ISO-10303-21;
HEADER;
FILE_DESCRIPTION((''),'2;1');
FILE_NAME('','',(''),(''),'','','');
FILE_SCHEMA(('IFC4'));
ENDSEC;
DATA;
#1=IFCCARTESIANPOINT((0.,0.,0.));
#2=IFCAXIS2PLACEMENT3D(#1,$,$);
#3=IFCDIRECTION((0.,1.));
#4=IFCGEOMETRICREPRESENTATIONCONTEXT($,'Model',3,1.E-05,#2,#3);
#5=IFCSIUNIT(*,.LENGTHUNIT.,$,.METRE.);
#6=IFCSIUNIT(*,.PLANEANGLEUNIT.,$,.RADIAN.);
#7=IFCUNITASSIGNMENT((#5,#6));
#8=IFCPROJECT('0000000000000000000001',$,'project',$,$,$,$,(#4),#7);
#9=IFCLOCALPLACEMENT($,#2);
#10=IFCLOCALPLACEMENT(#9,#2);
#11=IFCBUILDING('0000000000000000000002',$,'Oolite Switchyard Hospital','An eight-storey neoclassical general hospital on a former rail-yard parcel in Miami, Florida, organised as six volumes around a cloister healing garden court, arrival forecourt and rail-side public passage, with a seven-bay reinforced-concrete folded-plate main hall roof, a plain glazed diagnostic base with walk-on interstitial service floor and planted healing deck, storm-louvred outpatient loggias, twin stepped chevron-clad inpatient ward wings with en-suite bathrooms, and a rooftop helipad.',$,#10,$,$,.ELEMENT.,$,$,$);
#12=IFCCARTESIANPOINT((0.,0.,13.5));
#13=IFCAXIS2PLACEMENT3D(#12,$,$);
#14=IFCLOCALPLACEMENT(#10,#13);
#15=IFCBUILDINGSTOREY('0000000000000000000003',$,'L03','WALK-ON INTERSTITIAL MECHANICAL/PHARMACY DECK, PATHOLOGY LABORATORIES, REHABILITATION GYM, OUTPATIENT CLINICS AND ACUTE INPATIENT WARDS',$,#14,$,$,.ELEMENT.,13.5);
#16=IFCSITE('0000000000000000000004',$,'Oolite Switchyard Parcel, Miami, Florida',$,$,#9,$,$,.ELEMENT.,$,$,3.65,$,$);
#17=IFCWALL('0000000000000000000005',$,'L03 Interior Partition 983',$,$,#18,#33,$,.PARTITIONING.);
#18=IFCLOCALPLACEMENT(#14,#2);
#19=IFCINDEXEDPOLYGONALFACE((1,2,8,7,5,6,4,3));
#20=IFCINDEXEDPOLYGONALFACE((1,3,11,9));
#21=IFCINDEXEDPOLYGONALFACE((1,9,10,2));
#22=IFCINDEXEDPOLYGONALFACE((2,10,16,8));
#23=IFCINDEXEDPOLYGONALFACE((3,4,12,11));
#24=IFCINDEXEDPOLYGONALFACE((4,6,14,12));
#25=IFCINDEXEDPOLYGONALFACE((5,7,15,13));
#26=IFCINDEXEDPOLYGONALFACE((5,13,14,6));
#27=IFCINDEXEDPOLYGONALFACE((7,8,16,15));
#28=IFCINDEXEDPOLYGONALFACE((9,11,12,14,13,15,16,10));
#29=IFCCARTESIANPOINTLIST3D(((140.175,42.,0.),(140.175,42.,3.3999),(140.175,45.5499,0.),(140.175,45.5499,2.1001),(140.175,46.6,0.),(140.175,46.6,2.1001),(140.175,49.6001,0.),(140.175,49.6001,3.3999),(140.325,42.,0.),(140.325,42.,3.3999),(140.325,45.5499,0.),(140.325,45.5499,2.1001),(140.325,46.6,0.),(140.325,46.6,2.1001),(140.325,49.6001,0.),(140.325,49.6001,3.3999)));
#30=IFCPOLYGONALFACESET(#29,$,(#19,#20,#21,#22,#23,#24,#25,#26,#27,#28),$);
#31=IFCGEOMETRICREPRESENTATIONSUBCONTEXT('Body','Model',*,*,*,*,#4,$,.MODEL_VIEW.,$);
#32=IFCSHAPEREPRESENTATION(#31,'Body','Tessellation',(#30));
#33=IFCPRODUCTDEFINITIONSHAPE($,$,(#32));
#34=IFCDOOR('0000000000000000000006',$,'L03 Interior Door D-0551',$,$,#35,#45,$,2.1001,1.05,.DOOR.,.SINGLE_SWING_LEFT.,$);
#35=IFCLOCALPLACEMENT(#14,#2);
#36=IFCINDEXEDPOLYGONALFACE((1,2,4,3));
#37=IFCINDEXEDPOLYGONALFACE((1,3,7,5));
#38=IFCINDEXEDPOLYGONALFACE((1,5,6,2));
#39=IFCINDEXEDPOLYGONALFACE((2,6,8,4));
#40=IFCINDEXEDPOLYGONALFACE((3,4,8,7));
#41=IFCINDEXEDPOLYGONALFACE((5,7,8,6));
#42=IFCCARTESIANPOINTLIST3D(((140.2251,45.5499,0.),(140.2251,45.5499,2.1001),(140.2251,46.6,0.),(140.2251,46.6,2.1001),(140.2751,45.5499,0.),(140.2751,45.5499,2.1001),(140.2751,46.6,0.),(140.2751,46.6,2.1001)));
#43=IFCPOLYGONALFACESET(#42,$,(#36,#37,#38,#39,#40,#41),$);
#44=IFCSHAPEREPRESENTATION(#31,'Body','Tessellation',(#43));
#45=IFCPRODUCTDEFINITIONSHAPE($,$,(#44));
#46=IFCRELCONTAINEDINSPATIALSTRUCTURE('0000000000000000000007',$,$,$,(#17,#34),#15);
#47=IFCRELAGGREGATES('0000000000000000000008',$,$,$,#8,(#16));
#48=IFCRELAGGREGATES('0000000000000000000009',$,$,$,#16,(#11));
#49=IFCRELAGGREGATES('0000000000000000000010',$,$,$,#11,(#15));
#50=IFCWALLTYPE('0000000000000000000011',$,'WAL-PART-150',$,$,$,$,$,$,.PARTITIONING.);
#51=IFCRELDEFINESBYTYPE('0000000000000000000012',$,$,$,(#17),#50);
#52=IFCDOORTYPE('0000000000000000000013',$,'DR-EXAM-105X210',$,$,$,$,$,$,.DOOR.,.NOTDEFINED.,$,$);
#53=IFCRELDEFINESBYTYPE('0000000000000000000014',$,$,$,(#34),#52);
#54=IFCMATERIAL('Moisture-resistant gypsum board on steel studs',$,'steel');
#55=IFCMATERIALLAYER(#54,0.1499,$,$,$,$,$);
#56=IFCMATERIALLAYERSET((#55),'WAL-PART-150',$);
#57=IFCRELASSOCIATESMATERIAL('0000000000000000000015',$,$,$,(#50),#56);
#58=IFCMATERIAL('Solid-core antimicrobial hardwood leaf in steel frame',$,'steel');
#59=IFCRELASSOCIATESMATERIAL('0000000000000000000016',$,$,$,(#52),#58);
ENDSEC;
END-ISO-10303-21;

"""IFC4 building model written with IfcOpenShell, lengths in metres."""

from ifc_helpers import new_model, si_unit, direction, frame, frame_2d, origin, place, context, subcontext, project, spatial, rectangle, extrude, material, layer, layer_set, type_object, element, fill, save


model = new_model("IFC4")

# Units and contexts
model_context = context("Model", 3, precision=1e-05, world=origin(), true_north=direction((0.0, 1.0)))
body_context = subcontext(model_context, "Body", "Model", "MODEL_VIEW")
ifc_project = project(units=[si_unit("LENGTHUNIT", "METRE"), si_unit("PLANEANGLEUNIT", "RADIAN")], contexts=[model_context])

# Site, building, storey
site_placement = place(None, origin())
site = spatial("IfcSite", under=ifc_project, at=site_placement, Name="Oolite Switchyard Parcel, Miami, Florida", CompositionType="ELEMENT", RefElevation=3.65)
building_placement = place(site_placement, origin())
building = spatial("IfcBuilding", under=site, at=building_placement, Name="Oolite Switchyard Hospital", Description="An eight-storey neoclassical general hospital on a former rail-yard parcel in Miami, Florida, organised as six volumes around a cloister healing garden court, arrival forecourt and rail-side public passage, with a seven-bay reinforced-concrete folded-plate main hall roof, a plain glazed diagnostic base with walk-on interstitial service floor and planted healing deck, storm-louvred outpatient loggias, twin stepped chevron-clad inpatient ward wings with en-suite bathrooms, and a rooftop helipad.", CompositionType="ELEMENT")
storey_placement = place(building_placement, frame((0.0, 0.0, 13.5)))
storey = spatial("IfcBuildingStorey", under=building, at=storey_placement, Name="L03", Description="WALK-ON INTERSTITIAL MECHANICAL/PHARMACY DECK, PATHOLOGY LABORATORIES, REHABILITATION GYM, OUTPATIENT CLINICS AND ACUTE INPATIENT WARDS", CompositionType="ELEMENT", Elevation=13.5)

# Wall, opening, door
ifc_material_1 = material(Name="Moisture-resistant gypsum board on steel studs", Category="steel")
ifc_layer_1 = layer(ifc_material_1, 0.1499)
ifc_layer_set_1 = layer_set([ifc_layer_1], Name="WAL-PART-150")
wall_type = type_object("IfcWallType", Name="WAL-PART-150", PredefinedType="PARTITIONING", material=ifc_layer_set_1)
wall_placement = place(storey_placement, frame((140.25, 42.0, 0.0), z_axis=(0.0, 0.0, 1.0), x_axis=(0.0, 1.0, 0.0)))
wall = element("IfcWall", 1, at=wall_placement, inside=storey, type_object=wall_type, Name="L03 Interior Partition 983", PredefinedType="PARTITIONING", context=body_context, shape_type="SweptSolid", body=[
    extrude(rectangle(XDim=7.6001, YDim=0.1499, at=frame_2d((3.8, 0.0))), origin(), (0.0, 0.0, 1.0), 3.3999),
])
opening_placement = place(wall_placement, frame((3.55, 0.0, 0.0)))
opening = element("IfcOpeningElement", 2, at=opening_placement, cuts=wall, PredefinedType="OPENING", context=body_context, shape_type="SweptSolid", body=[
    extrude(rectangle(XDim=1.05, YDim=2.1001, at=frame_2d((0.5249, 1.05))), frame((0.0, 0.085, 0.0), z_axis=(0.0, -1.0, 0.0), x_axis=(1.0, 0.0, 0.0)), (0.0, 0.0, 1.0), 0.1699),
])
ifc_material_2 = material(Name="Solid-core antimicrobial hardwood leaf in steel frame", Category="steel")
door_type = type_object("IfcDoorType", Name="DR-EXAM-105X210", OperationType="NOTDEFINED", PredefinedType="DOOR", material=ifc_material_2)
door_placement = place(opening_placement, origin())
door = element("IfcDoor", 3, at=door_placement, inside=storey, type_object=door_type, Name="L03 Interior Door D-0551", OperationType="SINGLE_SWING_LEFT", OverallHeight=2.1001, OverallWidth=1.05, PredefinedType="DOOR", context=body_context, shape_type="SweptSolid", body=[
    extrude(rectangle(XDim=1.05, YDim=2.1001, at=frame_2d((0.5249, 1.05))), frame((0.0, 0.0249, 0.0), z_axis=(0.0, -1.0, 0.0), x_axis=(1.0, 0.0, 0.0)), (0.0, 0.0, 1.0), 0.05),
])
fill(opening, door)

save(model, "model.ifc")
